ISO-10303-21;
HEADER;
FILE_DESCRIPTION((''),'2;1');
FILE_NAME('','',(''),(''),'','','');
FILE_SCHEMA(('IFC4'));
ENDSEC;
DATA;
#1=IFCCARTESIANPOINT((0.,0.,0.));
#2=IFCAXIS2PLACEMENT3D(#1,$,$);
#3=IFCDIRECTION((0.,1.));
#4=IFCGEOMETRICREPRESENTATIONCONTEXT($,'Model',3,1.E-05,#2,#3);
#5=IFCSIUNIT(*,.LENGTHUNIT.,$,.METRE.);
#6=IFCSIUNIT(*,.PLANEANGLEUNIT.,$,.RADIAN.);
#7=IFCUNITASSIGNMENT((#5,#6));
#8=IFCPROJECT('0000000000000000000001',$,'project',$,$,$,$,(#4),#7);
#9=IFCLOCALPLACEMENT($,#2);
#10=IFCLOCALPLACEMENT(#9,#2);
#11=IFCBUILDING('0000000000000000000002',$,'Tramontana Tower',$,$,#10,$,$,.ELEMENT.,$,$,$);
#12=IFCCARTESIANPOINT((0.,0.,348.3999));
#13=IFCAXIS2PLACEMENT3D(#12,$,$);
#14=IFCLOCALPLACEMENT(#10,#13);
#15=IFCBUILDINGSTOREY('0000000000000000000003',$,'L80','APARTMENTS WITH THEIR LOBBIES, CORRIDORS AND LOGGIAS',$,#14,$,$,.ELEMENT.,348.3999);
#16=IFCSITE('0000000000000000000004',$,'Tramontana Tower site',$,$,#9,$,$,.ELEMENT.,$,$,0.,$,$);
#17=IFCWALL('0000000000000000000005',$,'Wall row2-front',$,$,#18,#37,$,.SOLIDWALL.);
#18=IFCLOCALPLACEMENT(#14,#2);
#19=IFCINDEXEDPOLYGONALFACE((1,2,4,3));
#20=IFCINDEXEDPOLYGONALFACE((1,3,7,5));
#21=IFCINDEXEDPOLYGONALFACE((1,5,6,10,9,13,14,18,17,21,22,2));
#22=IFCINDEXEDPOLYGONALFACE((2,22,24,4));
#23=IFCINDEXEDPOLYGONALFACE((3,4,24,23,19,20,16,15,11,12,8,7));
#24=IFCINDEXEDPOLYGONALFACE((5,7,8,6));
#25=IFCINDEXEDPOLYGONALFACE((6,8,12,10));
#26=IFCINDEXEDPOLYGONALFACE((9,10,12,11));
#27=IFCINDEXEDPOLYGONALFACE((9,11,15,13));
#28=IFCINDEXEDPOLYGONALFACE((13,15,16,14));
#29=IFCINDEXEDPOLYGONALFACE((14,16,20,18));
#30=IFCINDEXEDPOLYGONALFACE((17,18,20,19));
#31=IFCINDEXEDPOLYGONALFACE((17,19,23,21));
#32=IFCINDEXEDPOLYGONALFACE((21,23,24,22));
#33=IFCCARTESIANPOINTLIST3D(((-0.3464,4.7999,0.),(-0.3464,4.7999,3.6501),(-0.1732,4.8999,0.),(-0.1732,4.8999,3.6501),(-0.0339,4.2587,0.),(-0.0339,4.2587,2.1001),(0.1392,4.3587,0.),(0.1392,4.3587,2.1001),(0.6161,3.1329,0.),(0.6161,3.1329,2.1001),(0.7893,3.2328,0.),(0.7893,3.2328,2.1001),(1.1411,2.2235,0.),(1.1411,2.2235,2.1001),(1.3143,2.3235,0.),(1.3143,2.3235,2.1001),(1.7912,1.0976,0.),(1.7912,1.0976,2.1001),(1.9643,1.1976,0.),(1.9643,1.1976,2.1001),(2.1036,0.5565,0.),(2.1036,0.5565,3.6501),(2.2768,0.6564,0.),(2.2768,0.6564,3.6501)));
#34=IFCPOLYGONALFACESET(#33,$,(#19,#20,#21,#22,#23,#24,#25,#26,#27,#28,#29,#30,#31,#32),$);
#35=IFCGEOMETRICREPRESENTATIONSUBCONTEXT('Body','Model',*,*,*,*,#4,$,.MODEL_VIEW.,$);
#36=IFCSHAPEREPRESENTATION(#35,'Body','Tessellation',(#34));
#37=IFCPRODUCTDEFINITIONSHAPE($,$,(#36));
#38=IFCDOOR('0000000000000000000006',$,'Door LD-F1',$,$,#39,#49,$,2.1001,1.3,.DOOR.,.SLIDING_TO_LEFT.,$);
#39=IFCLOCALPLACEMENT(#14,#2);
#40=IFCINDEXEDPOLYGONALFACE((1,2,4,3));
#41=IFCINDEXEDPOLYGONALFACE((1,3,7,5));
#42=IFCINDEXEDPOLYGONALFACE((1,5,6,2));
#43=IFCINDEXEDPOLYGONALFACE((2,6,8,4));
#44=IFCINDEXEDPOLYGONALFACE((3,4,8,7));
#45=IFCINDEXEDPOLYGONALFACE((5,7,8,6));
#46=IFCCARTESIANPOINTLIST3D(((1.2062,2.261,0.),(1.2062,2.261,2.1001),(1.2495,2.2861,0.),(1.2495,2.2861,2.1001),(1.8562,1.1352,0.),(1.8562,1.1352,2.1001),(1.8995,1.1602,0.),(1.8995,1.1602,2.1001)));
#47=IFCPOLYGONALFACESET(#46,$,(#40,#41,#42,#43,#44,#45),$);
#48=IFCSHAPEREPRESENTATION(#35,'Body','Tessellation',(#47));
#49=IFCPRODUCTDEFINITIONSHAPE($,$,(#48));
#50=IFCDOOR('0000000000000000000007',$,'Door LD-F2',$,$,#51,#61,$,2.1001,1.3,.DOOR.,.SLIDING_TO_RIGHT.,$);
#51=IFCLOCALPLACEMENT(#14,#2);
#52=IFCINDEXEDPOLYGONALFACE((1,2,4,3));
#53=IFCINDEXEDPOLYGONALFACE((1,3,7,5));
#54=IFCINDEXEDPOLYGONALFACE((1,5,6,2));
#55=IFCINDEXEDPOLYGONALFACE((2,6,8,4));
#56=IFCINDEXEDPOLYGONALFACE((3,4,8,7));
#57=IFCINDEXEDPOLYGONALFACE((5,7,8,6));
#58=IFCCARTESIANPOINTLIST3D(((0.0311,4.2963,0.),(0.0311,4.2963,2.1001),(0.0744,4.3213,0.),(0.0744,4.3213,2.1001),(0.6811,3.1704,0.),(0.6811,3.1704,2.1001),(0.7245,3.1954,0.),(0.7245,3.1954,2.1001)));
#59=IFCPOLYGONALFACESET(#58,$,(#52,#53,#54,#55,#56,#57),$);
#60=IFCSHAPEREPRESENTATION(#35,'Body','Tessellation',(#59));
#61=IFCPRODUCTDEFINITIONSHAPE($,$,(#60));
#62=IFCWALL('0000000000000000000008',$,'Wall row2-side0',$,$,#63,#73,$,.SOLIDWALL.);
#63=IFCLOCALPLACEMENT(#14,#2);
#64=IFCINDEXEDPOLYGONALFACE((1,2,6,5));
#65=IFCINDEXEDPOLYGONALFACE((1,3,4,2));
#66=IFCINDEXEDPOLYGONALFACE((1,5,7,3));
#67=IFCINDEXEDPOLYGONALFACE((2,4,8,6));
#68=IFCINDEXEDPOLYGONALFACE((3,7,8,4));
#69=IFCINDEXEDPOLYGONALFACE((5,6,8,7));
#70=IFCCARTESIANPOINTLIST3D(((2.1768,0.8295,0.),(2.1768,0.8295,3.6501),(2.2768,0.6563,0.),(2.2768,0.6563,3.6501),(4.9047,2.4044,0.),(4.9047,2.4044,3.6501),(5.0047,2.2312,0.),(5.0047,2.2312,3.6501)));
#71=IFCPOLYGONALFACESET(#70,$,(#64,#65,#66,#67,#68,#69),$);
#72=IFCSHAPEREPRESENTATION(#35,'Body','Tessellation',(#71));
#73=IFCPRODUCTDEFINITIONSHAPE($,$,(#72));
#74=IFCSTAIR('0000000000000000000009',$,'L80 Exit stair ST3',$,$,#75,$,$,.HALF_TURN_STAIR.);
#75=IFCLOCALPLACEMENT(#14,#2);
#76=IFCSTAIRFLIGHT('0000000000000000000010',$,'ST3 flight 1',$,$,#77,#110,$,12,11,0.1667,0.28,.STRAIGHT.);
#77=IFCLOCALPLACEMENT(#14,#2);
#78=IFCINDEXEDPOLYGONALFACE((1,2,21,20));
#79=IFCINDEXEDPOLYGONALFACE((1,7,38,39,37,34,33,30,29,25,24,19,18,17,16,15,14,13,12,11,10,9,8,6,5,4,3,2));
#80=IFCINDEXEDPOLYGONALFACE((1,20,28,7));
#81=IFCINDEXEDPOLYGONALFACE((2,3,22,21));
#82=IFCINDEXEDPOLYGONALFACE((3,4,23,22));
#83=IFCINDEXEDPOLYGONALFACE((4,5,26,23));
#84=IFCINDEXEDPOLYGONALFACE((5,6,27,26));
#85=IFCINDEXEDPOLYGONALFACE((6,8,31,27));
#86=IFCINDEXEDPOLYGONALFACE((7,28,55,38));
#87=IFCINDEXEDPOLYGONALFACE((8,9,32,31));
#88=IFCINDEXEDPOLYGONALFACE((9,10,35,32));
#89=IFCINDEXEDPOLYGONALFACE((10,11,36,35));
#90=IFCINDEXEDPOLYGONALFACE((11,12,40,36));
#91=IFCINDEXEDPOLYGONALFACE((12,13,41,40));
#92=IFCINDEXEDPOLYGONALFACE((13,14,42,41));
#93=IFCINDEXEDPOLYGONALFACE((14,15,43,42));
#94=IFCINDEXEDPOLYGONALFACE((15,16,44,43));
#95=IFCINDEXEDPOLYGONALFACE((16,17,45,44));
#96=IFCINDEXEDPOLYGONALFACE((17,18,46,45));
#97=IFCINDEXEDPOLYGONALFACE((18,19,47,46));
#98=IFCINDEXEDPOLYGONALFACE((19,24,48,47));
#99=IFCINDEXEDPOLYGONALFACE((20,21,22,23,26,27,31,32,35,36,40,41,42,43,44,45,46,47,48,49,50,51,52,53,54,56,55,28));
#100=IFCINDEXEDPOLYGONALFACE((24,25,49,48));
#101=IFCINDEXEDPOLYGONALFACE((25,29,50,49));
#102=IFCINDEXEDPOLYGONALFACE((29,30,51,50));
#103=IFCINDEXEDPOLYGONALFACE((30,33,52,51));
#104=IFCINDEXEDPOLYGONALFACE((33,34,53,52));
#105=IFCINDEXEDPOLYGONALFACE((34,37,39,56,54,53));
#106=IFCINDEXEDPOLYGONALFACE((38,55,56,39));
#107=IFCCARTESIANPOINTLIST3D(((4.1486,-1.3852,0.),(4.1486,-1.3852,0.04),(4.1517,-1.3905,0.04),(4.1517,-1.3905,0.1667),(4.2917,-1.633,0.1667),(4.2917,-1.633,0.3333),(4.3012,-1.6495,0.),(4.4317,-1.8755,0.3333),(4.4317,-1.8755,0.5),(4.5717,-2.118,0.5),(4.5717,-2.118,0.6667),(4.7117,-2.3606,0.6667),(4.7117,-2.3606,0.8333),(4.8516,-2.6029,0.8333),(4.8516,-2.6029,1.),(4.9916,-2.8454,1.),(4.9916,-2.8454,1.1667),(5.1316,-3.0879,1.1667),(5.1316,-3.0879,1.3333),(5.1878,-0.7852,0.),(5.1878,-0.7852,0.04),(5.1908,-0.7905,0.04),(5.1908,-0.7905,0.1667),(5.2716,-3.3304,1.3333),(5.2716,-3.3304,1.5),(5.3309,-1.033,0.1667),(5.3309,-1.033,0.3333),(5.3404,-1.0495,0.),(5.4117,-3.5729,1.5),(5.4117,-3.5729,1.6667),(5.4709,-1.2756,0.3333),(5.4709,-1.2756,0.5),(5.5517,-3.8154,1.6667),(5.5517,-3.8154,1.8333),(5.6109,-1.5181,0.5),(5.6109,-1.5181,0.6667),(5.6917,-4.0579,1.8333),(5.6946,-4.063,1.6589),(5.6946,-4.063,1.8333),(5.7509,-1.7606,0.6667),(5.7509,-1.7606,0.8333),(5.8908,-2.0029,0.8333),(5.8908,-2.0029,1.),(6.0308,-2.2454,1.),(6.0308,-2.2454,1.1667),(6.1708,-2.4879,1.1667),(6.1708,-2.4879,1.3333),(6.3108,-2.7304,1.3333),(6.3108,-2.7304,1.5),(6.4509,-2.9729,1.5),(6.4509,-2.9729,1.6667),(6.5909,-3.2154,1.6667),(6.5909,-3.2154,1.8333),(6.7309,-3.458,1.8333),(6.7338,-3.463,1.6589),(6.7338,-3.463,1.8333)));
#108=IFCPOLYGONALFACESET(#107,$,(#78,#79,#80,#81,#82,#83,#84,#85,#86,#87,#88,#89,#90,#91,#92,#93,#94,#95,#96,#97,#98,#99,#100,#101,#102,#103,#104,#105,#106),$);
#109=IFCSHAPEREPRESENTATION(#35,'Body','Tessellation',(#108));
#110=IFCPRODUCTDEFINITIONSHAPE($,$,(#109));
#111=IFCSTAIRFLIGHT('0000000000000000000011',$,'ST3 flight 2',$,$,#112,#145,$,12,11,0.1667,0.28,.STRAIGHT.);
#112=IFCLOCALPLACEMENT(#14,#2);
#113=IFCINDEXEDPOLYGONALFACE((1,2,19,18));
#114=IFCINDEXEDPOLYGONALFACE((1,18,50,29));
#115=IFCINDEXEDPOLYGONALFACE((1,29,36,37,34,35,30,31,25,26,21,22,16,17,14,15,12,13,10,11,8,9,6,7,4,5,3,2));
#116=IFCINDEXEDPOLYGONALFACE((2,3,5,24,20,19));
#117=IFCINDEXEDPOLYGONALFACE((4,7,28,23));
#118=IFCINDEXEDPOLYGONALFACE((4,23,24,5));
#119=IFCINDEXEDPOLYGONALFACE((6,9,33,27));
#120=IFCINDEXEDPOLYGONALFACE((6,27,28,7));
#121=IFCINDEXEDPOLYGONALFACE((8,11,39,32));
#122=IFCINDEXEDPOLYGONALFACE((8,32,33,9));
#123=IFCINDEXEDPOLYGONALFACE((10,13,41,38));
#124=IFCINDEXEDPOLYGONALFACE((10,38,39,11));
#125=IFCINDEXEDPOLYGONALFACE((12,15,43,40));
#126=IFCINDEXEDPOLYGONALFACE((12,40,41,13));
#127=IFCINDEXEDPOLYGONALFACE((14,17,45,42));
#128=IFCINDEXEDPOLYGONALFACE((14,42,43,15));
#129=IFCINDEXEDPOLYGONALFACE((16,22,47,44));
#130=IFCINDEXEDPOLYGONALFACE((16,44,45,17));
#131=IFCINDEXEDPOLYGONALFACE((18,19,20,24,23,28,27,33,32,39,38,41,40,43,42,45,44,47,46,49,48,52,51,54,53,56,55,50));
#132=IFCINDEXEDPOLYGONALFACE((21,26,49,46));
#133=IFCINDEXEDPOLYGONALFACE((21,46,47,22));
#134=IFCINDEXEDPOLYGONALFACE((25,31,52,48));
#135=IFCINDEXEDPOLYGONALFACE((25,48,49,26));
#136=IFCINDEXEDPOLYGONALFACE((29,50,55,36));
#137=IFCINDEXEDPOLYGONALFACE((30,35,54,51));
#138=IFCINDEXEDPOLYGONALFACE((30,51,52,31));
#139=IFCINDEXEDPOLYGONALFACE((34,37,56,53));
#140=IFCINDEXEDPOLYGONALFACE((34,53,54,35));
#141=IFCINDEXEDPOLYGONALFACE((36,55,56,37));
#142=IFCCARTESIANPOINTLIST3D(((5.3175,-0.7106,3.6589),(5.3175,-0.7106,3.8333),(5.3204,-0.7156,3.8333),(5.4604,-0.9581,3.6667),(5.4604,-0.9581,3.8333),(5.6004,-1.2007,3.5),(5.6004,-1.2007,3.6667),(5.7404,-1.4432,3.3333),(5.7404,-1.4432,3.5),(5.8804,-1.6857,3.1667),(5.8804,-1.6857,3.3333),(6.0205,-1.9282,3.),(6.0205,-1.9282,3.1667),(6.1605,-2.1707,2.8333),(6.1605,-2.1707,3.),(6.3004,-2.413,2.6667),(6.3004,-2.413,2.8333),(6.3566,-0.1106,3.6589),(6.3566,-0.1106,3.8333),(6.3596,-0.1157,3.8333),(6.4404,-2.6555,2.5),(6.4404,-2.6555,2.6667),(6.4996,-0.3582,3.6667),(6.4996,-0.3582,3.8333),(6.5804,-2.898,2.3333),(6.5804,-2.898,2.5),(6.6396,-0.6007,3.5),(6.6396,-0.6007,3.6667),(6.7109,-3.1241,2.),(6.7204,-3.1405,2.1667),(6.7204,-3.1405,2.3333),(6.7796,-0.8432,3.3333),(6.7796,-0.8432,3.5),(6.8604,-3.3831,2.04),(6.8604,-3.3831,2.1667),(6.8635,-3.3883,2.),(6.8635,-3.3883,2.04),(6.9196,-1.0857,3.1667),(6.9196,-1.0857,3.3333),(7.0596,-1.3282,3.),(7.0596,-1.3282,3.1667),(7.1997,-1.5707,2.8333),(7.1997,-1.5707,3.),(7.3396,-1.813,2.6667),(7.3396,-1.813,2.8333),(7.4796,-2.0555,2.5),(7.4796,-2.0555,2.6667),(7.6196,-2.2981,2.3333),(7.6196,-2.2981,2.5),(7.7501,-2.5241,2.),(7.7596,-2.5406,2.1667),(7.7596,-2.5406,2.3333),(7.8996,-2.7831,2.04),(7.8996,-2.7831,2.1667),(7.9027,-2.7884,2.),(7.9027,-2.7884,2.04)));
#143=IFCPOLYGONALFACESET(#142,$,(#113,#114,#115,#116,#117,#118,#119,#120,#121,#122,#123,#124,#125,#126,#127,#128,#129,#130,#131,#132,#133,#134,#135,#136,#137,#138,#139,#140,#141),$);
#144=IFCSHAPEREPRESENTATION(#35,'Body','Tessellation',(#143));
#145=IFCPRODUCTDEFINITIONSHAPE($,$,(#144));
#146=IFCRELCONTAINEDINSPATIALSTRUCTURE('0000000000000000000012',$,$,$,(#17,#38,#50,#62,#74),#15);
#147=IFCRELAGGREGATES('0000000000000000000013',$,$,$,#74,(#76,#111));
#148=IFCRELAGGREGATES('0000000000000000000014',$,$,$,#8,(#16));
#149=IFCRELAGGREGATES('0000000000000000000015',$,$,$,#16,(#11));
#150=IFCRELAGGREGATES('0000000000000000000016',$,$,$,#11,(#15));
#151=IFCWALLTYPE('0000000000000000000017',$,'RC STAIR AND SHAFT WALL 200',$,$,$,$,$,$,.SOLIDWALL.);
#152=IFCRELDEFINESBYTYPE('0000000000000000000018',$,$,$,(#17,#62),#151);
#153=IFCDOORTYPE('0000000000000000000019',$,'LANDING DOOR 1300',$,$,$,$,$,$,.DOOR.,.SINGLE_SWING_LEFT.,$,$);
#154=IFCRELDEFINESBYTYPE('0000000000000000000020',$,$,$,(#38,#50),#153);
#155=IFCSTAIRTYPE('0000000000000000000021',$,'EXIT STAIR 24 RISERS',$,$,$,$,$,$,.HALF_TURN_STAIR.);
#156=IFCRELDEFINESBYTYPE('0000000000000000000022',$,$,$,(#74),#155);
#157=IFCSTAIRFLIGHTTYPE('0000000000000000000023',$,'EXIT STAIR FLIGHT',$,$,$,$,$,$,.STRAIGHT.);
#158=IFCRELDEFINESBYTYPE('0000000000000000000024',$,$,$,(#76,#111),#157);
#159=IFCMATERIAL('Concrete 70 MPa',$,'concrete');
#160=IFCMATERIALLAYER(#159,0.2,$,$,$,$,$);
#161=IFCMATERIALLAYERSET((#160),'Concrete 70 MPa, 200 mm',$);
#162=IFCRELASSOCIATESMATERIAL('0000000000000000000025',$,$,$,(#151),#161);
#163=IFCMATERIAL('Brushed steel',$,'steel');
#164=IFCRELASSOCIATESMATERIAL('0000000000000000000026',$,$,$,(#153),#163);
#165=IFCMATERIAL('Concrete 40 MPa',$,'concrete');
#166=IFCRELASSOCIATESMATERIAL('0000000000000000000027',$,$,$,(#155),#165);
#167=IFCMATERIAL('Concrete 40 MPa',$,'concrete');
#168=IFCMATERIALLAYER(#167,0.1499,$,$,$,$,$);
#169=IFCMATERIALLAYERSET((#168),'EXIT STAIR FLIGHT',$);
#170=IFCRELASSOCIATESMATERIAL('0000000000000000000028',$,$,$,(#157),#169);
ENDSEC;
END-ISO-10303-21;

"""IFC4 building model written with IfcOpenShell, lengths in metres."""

from ifc_helpers import new_model, si_unit, direction, frame, frame_2d, origin, place, context, subcontext, project, spatial, polyline, rectangle, outline, extrude, material, layer, layer_set, type_object, element, fill, aggregate, save


model = new_model("IFC4")

# Units and contexts
model_context = context("Model", 3, precision=1e-05, world=origin(), true_north=direction((0.0, 1.0)))
body_context = subcontext(model_context, "Body", "Model", "MODEL_VIEW")
ifc_project = project(units=[si_unit("LENGTHUNIT", "METRE"), si_unit("PLANEANGLEUNIT", "RADIAN")], contexts=[model_context])

# Site, building, storey
site_placement = place(None, origin())
site = spatial("IfcSite", under=ifc_project, at=site_placement, Name="Tramontana Tower site", CompositionType="ELEMENT", RefElevation=0.0)
building_placement = place(site_placement, origin())
building = spatial("IfcBuilding", under=site, at=building_placement, Name="Tramontana Tower", CompositionType="ELEMENT")
storey_placement = place(building_placement, frame((0.0, 0.0, 348.3999)))
storey = spatial("IfcBuildingStorey", under=building, at=storey_placement, Name="L80", Description="APARTMENTS WITH THEIR LOBBIES, CORRIDORS AND LOGGIAS", CompositionType="ELEMENT", Elevation=348.3999)

# Shared definitions
ifc_material_1 = material(Name="Concrete 70 MPa", Category="concrete")
ifc_layer_1 = layer(ifc_material_1, 0.2)
ifc_layer_set_1 = layer_set([ifc_layer_1], Name="Concrete 70 MPa, 200 mm")
wall_type_1 = type_object("IfcWallType", Name="RC STAIR AND SHAFT WALL 200", PredefinedType="SOLIDWALL", material=ifc_layer_set_1)

# Wall, openings, doors
wall_1_placement = place(storey_placement, frame((2.1902, 0.6064, 0.0), z_axis=(0.0, 0.0, 1.0), x_axis=(-0.500003, 0.866024, 0.0)))
wall_1 = element("IfcWall", 1, at=wall_1_placement, inside=storey, type_object=wall_type_1, Name="Wall row2-front", PredefinedType="SOLIDWALL", context=body_context, shape_type="SweptSolid", body=[
    extrude(rectangle(XDim=4.8999, YDim=0.2, at=frame_2d((2.45, 0.0))), origin(), (0.0, 0.0, 1.0), 3.6501),
])
opening_1_placement = place(wall_1_placement, frame((0.625, 0.0, 0.0)))
opening_1 = element("IfcOpeningElement", 2, at=opening_1_placement, cuts=wall_1, PredefinedType="OPENING", context=body_context, shape_type="SweptSolid", body=[
    extrude(rectangle(XDim=1.3, YDim=2.1001, at=frame_2d((0.6499, 1.05))), frame((0.0, 0.1099, 0.0), z_axis=(0.0, -1.0, 0.0), x_axis=(1.0, 0.0, 0.0)), (0.0, 0.0, 1.0), 0.22),
])
opening_2_placement = place(wall_1_placement, frame((2.9751, 0.0, 0.0)))
opening_2 = element("IfcOpeningElement", 3, at=opening_2_placement, cuts=wall_1, PredefinedType="OPENING", context=body_context, shape_type="SweptSolid", body=[
    extrude(rectangle(XDim=1.3, YDim=2.1001, at=frame_2d((0.6499, 1.05))), frame((0.0, 0.1099, 0.0), z_axis=(0.0, -1.0, 0.0), x_axis=(1.0, 0.0, 0.0)), (0.0, 0.0, 1.0), 0.22),
])
ifc_material_2 = material(Name="Brushed steel", Category="steel")
door_type_1 = type_object("IfcDoorType", Name="LANDING DOOR 1300", OperationType="SINGLE_SWING_LEFT", PredefinedType="DOOR", material=ifc_material_2)
door_1_placement = place(opening_1_placement, origin())
door_1 = element("IfcDoor", 4, at=door_1_placement, inside=storey, type_object=door_type_1, Name="Door LD-F1", OperationType="SLIDING_TO_LEFT", OverallHeight=2.1001, OverallWidth=1.3, PredefinedType="DOOR", context=body_context, shape_type="SweptSolid", body=[
    extrude(rectangle(XDim=1.3, YDim=2.1001, at=frame_2d((0.6499, 1.05))), frame((0.0, 0.0249, 0.0), z_axis=(0.0, -1.0, 0.0), x_axis=(1.0, 0.0, 0.0)), (0.0, 0.0, 1.0), 0.05),
])
fill(opening_1, door_1)
door_2_placement = place(opening_2_placement, origin())
door_2 = element("IfcDoor", 5, at=door_2_placement, inside=storey, type_object=door_type_1, Name="Door LD-F2", OperationType="SLIDING_TO_RIGHT", OverallHeight=2.1001, OverallWidth=1.3, PredefinedType="DOOR", context=body_context, shape_type="SweptSolid", body=[
    extrude(rectangle(XDim=1.3, YDim=2.1001, at=frame_2d((0.6499, 1.05))), frame((0.0, 0.0249, 0.0), z_axis=(0.0, -1.0, 0.0), x_axis=(1.0, 0.0, 0.0)), (0.0, 0.0, 1.0), 0.05),
])
fill(opening_2, door_2)

# Wall
wall_2_placement = place(storey_placement, frame((2.2268, 0.7429, 0.0), z_axis=(0.0, 0.0, 1.0), x_axis=(0.866036, 0.499982, 0.0)))
element("IfcWall", 6, at=wall_2_placement, inside=storey, type_object=wall_type_1, Name="Wall row2-side0", PredefinedType="SOLIDWALL", context=body_context, shape_type="SweptSolid", body=[
    extrude(rectangle(XDim=3.1499, YDim=0.2, at=frame_2d((1.575, 0.0))), origin(), (0.0, 0.0, 1.0), 3.6501),
])

# Stair, stair flights
ifc_material_3 = material(Name="Concrete 40 MPa", Category="concrete")
stair_type = type_object("IfcStairType", Name="EXIT STAIR 24 RISERS", PredefinedType="HALF_TURN_STAIR", material=ifc_material_3)
stair_placement = place(storey_placement, origin())
stair = element("IfcStair", 7, at=stair_placement, inside=storey, type_object=stair_type, Name="L80 Exit stair ST3", PredefinedType="HALF_TURN_STAIR")
ifc_material_4 = material(Name="Concrete 40 MPa", Category="concrete")
ifc_layer_2 = layer(ifc_material_4, 0.1499)
ifc_layer_set_2 = layer_set([ifc_layer_2], Name="EXIT STAIR FLIGHT")
stair_flight_type = type_object("IfcStairFlightType", Name="EXIT STAIR FLIGHT", PredefinedType="STRAIGHT", material=ifc_layer_set_2)
stair_flight_1_placement = place(storey_placement, frame((4.6711, -1.0906, 0.0), z_axis=(0.0, 0.0, 1.0), x_axis=(0.5, -0.866025, 0.0)))
stair_flight_1 = element("IfcStairFlight", 8, at=stair_flight_1_placement, type_object=stair_flight_type, Name="ST3 flight 1", NumberOfRisers=12, NumberOfTreads=11, PredefinedType="STRAIGHT", RiserHeight=0.1667, TreadLength=0.28, context=body_context, shape_type="SweptSolid", body=[
    extrude(outline(polyline([(-0.0061, 0.0), (-0.0061, 0.04), (0.0, 0.04), (0.0, 0.1667), (0.28, 0.1667), (0.28, 0.3333), (0.5601, 0.3333), (0.5601, 0.5), (0.8401, 0.5), (0.8401, 0.6667), (1.1201, 0.6667), (1.1201, 0.8333), (1.3999, 0.8333), (1.3999, 1.0), (1.6799, 1.0), (1.6799, 1.1667), (1.96, 1.1667), (1.96, 1.3333), (2.24, 1.3333), (2.24, 1.5), (2.52, 1.5), (2.52, 1.6667), (2.8, 1.6667), (2.8, 1.8333), (3.0801, 1.8333), (3.0859, 1.8333), (3.0859, 1.6589), (0.2991, 0.0), (-0.0061, 0.0)])), frame((0.0, 0.6001, 0.0), z_axis=(0.0, -1.0, 0.0), x_axis=(1.0, 0.0, 0.0)), (0.0, 0.0, 1.0), 1.2),
])
stair_flight_2_placement = place(storey_placement, frame((7.3801, -3.083, 2.0), z_axis=(0.0, 0.0, 1.0), x_axis=(-0.5, 0.866025, 0.0)))
stair_flight_2 = element("IfcStairFlight", 9, at=stair_flight_2_placement, type_object=stair_flight_type, Name="ST3 flight 2", NumberOfRisers=12, NumberOfTreads=11, PredefinedType="STRAIGHT", RiserHeight=0.1667, TreadLength=0.28, context=body_context, shape_type="SweptSolid", body=[
    extrude(outline(polyline([(-0.0061, 0.0), (-0.0061, 0.04), (0.0, 0.04), (0.0, 0.1667), (0.28, 0.1667), (0.28, 0.3333), (0.5601, 0.3333), (0.5601, 0.5), (0.8401, 0.5), (0.8401, 0.6667), (1.1201, 0.6667), (1.1201, 0.8333), (1.3999, 0.8333), (1.3999, 1.0), (1.6799, 1.0), (1.6799, 1.1667), (1.96, 1.1667), (1.96, 1.3333), (2.24, 1.3333), (2.24, 1.5), (2.52, 1.5), (2.52, 1.6667), (2.8, 1.6667), (2.8, 1.8333), (3.0801, 1.8333), (3.0859, 1.8333), (3.0859, 1.6589), (0.2991, 0.0), (-0.0061, 0.0)])), frame((0.0, 0.6001, 0.0), z_axis=(0.0, -1.0, 0.0), x_axis=(1.0, 0.0, 0.0)), (0.0, 0.0, 1.0), 1.2),
])
aggregate(stair, [stair_flight_1, stair_flight_2])

save(model, "model.ifc")
